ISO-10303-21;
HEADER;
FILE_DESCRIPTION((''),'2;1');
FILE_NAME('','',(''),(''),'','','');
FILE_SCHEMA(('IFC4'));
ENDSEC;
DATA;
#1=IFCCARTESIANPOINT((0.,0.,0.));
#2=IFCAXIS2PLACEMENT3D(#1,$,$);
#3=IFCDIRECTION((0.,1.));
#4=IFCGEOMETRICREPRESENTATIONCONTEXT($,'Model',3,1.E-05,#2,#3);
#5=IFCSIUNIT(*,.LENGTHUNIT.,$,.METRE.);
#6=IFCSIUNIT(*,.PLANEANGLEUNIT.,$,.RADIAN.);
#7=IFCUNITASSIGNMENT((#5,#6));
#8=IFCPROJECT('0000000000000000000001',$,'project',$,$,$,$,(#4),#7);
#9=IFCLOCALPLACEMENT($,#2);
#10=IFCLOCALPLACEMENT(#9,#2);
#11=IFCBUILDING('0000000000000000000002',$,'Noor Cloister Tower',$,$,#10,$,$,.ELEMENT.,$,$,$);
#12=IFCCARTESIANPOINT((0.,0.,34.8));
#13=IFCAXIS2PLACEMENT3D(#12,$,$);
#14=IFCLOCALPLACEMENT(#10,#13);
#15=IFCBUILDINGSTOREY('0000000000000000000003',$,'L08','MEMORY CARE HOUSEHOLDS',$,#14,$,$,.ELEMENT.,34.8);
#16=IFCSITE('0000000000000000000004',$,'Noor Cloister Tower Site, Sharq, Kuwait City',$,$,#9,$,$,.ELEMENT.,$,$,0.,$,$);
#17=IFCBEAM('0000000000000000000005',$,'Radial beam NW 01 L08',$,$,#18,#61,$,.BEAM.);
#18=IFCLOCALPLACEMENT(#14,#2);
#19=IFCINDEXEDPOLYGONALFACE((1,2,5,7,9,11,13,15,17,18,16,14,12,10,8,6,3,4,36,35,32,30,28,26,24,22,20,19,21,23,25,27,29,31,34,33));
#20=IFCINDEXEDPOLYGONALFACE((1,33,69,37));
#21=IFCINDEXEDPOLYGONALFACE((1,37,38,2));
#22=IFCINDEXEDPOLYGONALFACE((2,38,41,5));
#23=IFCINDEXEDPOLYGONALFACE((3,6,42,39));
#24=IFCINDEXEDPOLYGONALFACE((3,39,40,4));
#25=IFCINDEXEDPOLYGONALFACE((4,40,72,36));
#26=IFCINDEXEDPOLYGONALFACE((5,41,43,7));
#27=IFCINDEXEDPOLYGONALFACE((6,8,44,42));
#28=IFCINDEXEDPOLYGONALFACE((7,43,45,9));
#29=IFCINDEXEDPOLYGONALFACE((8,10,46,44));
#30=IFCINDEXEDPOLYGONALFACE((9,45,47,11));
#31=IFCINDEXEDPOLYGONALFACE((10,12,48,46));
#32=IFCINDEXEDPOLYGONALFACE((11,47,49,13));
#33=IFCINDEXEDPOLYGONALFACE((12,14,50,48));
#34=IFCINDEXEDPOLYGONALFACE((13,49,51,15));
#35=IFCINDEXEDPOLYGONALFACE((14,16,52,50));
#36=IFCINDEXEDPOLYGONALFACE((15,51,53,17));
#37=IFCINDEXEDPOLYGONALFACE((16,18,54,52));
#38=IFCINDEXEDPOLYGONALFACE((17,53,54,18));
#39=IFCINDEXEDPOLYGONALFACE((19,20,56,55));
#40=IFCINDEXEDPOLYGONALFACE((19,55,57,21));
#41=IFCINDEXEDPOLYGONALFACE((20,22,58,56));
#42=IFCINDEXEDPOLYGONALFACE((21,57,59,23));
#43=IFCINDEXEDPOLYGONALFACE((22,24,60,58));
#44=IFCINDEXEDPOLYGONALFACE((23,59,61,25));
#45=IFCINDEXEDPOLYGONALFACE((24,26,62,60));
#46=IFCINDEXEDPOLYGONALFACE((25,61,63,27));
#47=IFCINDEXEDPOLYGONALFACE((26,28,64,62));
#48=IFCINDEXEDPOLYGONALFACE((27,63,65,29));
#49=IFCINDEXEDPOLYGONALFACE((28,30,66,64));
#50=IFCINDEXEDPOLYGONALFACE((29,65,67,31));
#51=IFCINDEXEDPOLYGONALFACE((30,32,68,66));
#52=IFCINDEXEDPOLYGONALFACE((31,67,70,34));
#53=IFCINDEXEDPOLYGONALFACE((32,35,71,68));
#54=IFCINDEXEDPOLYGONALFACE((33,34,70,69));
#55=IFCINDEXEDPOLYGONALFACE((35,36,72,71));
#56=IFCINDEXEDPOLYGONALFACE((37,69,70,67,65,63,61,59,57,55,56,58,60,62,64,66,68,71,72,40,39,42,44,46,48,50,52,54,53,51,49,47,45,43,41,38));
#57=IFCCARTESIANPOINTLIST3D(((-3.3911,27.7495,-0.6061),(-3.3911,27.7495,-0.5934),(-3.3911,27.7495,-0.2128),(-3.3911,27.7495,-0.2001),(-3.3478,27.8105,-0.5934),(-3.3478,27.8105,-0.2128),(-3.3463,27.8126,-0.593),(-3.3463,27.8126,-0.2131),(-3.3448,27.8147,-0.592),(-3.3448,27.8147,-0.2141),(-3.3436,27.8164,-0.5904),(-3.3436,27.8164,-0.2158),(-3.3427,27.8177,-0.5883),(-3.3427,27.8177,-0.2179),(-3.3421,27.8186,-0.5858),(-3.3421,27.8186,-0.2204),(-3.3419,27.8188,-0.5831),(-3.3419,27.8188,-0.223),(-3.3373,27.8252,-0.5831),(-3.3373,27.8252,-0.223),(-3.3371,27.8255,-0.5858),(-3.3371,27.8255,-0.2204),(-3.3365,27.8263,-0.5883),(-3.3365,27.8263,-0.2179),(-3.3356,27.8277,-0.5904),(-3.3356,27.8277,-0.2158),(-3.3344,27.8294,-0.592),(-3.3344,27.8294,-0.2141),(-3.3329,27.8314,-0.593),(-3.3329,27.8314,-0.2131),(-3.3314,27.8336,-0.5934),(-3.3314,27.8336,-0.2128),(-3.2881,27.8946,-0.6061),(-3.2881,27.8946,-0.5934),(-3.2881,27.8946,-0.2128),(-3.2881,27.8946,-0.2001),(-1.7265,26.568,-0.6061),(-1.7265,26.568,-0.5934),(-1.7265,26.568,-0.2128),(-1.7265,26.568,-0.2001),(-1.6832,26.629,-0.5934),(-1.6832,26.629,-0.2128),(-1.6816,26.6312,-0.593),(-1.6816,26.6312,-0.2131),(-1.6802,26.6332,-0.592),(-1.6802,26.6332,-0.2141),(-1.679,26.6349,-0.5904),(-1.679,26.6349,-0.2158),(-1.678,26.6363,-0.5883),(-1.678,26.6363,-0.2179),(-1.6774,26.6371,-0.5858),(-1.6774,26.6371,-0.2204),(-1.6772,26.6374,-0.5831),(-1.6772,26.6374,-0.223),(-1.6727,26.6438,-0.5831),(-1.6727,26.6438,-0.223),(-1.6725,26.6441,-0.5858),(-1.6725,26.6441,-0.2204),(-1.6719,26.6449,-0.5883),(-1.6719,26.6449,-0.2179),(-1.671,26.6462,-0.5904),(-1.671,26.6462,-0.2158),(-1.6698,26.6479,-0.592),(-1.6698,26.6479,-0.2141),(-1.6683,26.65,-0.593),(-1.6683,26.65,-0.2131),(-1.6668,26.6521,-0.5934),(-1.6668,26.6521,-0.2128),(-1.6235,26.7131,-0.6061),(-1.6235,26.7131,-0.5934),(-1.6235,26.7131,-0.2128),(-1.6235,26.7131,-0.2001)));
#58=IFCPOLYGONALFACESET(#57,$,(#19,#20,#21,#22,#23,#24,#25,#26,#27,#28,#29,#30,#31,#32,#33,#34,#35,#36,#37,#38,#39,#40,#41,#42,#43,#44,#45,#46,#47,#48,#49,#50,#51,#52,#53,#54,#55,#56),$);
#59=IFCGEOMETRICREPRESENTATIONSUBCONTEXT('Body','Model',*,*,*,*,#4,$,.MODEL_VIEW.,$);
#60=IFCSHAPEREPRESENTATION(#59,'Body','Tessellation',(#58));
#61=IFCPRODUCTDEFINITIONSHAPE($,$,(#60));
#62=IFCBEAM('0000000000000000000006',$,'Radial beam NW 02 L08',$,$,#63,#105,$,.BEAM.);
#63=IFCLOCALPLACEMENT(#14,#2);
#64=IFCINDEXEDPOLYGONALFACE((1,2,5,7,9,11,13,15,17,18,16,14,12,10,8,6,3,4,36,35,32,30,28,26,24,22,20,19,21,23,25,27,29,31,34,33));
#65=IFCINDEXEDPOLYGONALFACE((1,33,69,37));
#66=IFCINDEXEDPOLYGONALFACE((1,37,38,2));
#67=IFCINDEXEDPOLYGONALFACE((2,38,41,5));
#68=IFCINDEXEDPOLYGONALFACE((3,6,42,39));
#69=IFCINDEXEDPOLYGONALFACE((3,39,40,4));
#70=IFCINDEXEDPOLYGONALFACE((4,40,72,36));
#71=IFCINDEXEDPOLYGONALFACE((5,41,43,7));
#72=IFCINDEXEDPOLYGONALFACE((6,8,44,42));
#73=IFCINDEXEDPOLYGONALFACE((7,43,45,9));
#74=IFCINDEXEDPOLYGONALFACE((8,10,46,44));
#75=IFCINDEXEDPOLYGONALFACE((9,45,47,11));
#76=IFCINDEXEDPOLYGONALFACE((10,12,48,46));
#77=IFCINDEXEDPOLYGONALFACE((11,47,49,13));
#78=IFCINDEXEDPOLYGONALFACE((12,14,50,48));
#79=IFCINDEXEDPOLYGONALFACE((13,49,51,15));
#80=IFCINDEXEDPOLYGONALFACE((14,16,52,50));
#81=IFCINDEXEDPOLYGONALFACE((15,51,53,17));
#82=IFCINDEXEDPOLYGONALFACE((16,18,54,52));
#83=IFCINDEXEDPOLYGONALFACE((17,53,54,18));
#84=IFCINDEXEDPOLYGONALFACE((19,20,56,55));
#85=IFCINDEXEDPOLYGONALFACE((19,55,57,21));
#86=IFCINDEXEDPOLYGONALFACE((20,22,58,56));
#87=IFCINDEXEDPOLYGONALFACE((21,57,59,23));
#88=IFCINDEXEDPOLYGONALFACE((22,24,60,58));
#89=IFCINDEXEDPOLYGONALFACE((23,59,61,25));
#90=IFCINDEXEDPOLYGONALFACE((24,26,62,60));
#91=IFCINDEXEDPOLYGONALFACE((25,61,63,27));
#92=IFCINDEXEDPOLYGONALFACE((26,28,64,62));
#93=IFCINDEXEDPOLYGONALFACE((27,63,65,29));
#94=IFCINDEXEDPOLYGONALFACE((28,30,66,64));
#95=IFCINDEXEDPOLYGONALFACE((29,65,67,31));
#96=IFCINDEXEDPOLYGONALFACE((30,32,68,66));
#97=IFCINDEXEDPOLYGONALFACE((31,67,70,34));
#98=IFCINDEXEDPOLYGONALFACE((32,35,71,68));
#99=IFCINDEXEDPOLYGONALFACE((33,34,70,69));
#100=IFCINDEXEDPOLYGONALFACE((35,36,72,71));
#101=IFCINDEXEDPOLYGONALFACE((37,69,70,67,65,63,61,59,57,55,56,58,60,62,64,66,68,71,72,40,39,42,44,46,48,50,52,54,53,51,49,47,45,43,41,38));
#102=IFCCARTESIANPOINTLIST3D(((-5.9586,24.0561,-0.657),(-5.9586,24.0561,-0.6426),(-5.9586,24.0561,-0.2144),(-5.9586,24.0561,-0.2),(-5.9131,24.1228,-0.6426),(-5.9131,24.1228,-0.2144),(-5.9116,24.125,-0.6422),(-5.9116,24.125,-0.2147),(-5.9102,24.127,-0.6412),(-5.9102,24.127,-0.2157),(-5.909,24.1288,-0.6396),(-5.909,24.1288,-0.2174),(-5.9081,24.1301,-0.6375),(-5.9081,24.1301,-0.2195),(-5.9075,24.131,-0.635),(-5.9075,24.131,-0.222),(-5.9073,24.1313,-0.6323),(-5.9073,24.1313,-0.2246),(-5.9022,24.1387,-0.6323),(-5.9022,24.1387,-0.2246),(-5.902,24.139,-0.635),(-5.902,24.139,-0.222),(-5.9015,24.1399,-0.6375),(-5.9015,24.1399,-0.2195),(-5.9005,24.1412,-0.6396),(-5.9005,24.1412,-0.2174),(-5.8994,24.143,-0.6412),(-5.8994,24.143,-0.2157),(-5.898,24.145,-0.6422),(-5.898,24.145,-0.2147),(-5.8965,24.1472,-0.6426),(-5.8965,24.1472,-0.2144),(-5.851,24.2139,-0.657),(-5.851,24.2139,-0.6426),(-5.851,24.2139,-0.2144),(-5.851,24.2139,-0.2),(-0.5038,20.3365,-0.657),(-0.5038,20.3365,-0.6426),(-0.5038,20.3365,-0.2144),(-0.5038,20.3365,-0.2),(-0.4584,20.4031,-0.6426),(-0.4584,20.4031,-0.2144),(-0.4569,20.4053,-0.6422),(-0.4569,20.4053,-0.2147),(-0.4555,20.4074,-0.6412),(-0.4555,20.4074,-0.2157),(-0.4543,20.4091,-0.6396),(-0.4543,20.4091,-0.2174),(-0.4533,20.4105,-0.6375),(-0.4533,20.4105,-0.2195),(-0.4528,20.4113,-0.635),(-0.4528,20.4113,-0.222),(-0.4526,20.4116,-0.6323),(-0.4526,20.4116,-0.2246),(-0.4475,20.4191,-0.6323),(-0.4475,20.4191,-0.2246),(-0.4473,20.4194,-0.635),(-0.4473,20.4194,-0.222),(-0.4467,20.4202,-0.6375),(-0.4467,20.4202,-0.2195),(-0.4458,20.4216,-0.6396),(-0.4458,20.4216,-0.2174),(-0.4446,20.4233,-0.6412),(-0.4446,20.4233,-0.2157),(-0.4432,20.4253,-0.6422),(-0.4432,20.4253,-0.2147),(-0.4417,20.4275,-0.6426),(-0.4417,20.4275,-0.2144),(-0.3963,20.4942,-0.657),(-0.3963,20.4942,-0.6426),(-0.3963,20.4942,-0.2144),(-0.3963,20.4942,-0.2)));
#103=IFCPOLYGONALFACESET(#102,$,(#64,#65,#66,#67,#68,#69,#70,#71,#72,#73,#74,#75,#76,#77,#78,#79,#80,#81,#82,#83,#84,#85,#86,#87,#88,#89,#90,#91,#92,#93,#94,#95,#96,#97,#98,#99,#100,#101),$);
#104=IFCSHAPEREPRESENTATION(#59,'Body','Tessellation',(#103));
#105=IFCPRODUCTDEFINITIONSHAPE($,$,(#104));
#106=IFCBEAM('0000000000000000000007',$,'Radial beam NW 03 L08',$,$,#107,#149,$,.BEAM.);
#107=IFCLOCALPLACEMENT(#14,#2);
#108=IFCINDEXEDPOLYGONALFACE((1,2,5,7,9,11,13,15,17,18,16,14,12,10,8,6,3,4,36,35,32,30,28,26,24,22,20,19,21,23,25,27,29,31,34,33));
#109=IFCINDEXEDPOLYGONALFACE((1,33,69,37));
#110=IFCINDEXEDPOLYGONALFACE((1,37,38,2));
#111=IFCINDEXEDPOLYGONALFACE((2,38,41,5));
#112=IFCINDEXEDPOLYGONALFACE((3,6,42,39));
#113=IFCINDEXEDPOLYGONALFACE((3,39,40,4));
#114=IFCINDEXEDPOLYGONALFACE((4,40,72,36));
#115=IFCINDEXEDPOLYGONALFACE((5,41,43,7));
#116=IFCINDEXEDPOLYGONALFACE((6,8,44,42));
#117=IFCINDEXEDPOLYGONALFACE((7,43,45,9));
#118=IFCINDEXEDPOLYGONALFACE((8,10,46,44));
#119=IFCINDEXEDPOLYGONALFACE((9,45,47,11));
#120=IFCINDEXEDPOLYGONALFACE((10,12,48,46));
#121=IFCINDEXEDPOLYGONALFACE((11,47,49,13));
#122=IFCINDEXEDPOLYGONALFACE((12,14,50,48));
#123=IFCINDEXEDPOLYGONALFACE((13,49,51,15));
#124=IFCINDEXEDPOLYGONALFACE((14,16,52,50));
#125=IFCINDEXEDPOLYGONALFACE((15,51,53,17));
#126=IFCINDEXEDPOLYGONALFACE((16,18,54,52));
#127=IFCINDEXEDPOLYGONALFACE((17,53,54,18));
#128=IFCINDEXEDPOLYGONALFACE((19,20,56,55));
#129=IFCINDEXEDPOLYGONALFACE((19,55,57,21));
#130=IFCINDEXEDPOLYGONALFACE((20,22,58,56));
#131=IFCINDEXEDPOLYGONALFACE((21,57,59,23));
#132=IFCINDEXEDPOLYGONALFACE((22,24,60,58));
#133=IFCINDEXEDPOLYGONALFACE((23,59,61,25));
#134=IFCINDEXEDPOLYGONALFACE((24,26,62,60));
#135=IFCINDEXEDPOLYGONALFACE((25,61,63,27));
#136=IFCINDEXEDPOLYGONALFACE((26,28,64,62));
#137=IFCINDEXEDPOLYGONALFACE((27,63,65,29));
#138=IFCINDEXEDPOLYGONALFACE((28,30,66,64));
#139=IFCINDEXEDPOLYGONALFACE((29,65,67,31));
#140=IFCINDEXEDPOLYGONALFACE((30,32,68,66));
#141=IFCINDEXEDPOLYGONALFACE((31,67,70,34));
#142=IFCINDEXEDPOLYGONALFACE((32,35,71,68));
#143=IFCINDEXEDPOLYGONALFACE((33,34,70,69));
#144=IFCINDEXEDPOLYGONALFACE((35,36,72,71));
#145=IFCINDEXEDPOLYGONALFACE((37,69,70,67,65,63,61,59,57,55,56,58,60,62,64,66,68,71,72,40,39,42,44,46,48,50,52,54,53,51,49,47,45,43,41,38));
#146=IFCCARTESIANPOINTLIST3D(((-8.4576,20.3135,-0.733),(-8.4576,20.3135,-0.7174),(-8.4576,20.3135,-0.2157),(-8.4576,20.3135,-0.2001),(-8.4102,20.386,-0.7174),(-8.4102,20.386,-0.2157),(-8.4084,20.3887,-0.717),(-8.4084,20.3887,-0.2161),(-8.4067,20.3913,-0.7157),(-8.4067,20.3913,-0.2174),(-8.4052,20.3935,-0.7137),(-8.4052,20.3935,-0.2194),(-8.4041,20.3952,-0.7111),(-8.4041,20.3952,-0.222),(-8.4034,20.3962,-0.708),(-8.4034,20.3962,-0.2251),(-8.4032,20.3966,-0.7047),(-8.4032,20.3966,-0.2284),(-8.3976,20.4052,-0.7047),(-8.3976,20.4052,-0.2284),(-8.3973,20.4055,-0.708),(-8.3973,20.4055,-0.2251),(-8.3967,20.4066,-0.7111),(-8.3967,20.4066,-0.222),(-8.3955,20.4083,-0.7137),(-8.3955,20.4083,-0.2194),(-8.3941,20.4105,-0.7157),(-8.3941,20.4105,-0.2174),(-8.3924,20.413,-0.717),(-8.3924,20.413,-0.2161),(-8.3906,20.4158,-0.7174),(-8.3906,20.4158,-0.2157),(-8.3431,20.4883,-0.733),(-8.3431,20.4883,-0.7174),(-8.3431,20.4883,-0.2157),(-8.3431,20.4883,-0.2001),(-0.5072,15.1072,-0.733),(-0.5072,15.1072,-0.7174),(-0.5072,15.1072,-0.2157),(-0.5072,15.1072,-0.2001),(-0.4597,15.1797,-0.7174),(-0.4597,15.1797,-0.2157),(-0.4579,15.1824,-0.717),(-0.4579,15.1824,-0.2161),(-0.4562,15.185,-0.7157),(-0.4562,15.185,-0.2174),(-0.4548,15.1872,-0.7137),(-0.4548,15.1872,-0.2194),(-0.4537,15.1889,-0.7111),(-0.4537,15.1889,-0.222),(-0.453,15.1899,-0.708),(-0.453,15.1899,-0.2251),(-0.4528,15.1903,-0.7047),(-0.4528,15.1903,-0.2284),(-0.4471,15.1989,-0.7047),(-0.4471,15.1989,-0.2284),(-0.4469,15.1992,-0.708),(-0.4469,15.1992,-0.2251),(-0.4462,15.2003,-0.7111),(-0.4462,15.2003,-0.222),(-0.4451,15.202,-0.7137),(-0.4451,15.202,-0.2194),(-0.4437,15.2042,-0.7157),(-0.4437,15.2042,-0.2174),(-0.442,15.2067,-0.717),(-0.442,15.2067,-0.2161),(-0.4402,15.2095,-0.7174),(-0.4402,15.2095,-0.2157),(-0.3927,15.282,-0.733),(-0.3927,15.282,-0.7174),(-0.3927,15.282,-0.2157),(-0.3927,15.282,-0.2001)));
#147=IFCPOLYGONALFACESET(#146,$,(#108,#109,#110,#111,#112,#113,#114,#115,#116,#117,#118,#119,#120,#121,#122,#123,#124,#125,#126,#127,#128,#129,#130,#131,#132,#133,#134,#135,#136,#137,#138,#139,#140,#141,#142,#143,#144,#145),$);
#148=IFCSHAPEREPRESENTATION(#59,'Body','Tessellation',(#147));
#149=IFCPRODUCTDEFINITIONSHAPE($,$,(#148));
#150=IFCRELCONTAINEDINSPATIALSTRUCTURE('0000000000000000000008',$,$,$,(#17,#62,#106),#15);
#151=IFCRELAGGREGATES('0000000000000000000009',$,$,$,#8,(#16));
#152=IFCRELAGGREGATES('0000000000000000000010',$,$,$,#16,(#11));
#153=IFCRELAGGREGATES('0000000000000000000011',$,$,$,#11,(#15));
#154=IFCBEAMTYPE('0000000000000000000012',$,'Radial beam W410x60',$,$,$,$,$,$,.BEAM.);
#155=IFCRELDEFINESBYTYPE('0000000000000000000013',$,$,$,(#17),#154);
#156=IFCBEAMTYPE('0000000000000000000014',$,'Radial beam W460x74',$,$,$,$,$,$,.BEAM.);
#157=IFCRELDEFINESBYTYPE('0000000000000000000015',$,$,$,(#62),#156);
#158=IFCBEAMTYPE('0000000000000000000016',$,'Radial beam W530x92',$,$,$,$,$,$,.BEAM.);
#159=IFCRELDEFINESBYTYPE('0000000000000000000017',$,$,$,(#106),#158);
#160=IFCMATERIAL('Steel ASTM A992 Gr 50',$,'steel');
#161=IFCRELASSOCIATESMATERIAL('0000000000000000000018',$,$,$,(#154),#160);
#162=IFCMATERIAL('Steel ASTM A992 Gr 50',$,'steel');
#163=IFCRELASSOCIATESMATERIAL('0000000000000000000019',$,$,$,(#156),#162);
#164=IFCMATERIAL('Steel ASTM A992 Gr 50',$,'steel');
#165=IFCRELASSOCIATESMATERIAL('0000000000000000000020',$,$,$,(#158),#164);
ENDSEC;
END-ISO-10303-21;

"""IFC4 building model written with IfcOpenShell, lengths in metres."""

from ifc_helpers import new_model, si_unit, direction, frame, origin, origin_2d, place, context, subcontext, project, spatial, i_section, extrude, material, material_profile, profile_set, type_object, element, save


model = new_model("IFC4")

# Units and contexts
model_context = context("Model", 3, precision=1e-05, world=origin(), true_north=direction((0.0, 1.0)))
body_context = subcontext(model_context, "Body", "Model", "MODEL_VIEW")
ifc_project = project(units=[si_unit("LENGTHUNIT", "METRE"), si_unit("PLANEANGLEUNIT", "RADIAN")], contexts=[model_context])

# Site, building, storey
site_placement = place(None, origin())
site = spatial("IfcSite", under=ifc_project, at=site_placement, Name="Noor Cloister Tower Site, Sharq, Kuwait City", CompositionType="ELEMENT", RefElevation=0.0)
building_placement = place(site_placement, origin())
building = spatial("IfcBuilding", under=site, at=building_placement, Name="Noor Cloister Tower", CompositionType="ELEMENT")
storey_placement = place(building_placement, frame((0.0, 0.0, 34.8)))
storey = spatial("IfcBuildingStorey", under=building, at=storey_placement, Name="L08", Description="MEMORY CARE HOUSEHOLDS", CompositionType="ELEMENT", Elevation=34.8)

# Beams
ifc_material_1 = material(Name="Steel ASTM A992 Gr 50", Category="steel")
ifc_material_profile_1 = material_profile(ifc_material_1, i_section(OverallWidth=0.178, OverallDepth=0.406, WebThickness=0.0078, FlangeThickness=0.0127, FilletRadius=0.0103, at=origin_2d()), Name="W410x60")
ifc_profile_set_1 = profile_set([ifc_material_profile_1], Name="Steel ASTM A992 Gr 50")
beam_type_1 = type_object("IfcBeamType", Name="Radial beam W410x60", PredefinedType="BEAM", material=ifc_profile_set_1)
beam_1_placement = place(storey_placement, frame((-3.3396, 27.822, -0.4031), z_axis=(0.815483, -0.57878, 0.0), x_axis=(0.57878, 0.815483, 0.0)))
element("IfcBeam", 1, at=beam_1_placement, inside=storey, type_object=beam_type_1, Name="Radial beam NW 01 L08", PredefinedType="BEAM", context=body_context, shape_type="SweptSolid", body=[
    extrude(i_section(OverallWidth=0.178, OverallDepth=0.406, WebThickness=0.0078, FlangeThickness=0.0127, FilletRadius=0.0103, at=origin_2d()), origin(), (0.0, 0.0, 1.0), 2.0413),
])
ifc_material_2 = material(Name="Steel ASTM A992 Gr 50", Category="steel")
ifc_material_profile_2 = material_profile(ifc_material_2, i_section(OverallWidth=0.1909, OverallDepth=0.457, WebThickness=0.009, FlangeThickness=0.0144, FilletRadius=0.0103, at=origin_2d()), Name="W460x74")
ifc_profile_set_2 = profile_set([ifc_material_profile_2], Name="Steel ASTM A992 Gr 50")
beam_type_2 = type_object("IfcBeamType", Name="Radial beam W460x74", PredefinedType="BEAM", material=ifc_profile_set_2)
beam_2_placement = place(storey_placement, frame((-5.9048, 24.135, -0.4285), z_axis=(0.826191, -0.563391, 0.0), x_axis=(0.563391, 0.826191, 0.0)))
element("IfcBeam", 2, at=beam_2_placement, inside=storey, type_object=beam_type_2, Name="Radial beam NW 02 L08", PredefinedType="BEAM", context=body_context, shape_type="SweptSolid", body=[
    extrude(i_section(OverallWidth=0.1909, OverallDepth=0.457, WebThickness=0.009, FlangeThickness=0.0144, FilletRadius=0.0103, at=origin_2d()), origin(), (0.0, 0.0, 1.0), 6.6023),
])
ifc_material_3 = material(Name="Steel ASTM A992 Gr 50", Category="steel")
ifc_material_profile_3 = material_profile(ifc_material_3, i_section(OverallWidth=0.209, OverallDepth=0.533, WebThickness=0.0103, FlangeThickness=0.0156, FilletRadius=0.0127, at=origin_2d()), Name="W530x92")
ifc_profile_set_3 = profile_set([ifc_material_profile_3], Name="Steel ASTM A992 Gr 50")
beam_type_3 = type_object("IfcBeamType", Name="Radial beam W530x92", PredefinedType="BEAM", material=ifc_profile_set_3)
beam_3_placement = place(storey_placement, frame((-8.4004, 20.4009, -0.4666), z_axis=(0.836587, -0.547834, 0.0), x_axis=(0.547834, 0.836587, 0.0)))
element("IfcBeam", 3, at=beam_3_placement, inside=storey, type_object=beam_type_3, Name="Radial beam NW 03 L08", PredefinedType="BEAM", context=body_context, shape_type="SweptSolid", body=[
    extrude(i_section(OverallWidth=0.209, OverallDepth=0.533, WebThickness=0.0103, FlangeThickness=0.0156, FilletRadius=0.0127, at=origin_2d()), origin(), (0.0, 0.0, 1.0), 9.5034),
])

save(model, "model.ifc")
